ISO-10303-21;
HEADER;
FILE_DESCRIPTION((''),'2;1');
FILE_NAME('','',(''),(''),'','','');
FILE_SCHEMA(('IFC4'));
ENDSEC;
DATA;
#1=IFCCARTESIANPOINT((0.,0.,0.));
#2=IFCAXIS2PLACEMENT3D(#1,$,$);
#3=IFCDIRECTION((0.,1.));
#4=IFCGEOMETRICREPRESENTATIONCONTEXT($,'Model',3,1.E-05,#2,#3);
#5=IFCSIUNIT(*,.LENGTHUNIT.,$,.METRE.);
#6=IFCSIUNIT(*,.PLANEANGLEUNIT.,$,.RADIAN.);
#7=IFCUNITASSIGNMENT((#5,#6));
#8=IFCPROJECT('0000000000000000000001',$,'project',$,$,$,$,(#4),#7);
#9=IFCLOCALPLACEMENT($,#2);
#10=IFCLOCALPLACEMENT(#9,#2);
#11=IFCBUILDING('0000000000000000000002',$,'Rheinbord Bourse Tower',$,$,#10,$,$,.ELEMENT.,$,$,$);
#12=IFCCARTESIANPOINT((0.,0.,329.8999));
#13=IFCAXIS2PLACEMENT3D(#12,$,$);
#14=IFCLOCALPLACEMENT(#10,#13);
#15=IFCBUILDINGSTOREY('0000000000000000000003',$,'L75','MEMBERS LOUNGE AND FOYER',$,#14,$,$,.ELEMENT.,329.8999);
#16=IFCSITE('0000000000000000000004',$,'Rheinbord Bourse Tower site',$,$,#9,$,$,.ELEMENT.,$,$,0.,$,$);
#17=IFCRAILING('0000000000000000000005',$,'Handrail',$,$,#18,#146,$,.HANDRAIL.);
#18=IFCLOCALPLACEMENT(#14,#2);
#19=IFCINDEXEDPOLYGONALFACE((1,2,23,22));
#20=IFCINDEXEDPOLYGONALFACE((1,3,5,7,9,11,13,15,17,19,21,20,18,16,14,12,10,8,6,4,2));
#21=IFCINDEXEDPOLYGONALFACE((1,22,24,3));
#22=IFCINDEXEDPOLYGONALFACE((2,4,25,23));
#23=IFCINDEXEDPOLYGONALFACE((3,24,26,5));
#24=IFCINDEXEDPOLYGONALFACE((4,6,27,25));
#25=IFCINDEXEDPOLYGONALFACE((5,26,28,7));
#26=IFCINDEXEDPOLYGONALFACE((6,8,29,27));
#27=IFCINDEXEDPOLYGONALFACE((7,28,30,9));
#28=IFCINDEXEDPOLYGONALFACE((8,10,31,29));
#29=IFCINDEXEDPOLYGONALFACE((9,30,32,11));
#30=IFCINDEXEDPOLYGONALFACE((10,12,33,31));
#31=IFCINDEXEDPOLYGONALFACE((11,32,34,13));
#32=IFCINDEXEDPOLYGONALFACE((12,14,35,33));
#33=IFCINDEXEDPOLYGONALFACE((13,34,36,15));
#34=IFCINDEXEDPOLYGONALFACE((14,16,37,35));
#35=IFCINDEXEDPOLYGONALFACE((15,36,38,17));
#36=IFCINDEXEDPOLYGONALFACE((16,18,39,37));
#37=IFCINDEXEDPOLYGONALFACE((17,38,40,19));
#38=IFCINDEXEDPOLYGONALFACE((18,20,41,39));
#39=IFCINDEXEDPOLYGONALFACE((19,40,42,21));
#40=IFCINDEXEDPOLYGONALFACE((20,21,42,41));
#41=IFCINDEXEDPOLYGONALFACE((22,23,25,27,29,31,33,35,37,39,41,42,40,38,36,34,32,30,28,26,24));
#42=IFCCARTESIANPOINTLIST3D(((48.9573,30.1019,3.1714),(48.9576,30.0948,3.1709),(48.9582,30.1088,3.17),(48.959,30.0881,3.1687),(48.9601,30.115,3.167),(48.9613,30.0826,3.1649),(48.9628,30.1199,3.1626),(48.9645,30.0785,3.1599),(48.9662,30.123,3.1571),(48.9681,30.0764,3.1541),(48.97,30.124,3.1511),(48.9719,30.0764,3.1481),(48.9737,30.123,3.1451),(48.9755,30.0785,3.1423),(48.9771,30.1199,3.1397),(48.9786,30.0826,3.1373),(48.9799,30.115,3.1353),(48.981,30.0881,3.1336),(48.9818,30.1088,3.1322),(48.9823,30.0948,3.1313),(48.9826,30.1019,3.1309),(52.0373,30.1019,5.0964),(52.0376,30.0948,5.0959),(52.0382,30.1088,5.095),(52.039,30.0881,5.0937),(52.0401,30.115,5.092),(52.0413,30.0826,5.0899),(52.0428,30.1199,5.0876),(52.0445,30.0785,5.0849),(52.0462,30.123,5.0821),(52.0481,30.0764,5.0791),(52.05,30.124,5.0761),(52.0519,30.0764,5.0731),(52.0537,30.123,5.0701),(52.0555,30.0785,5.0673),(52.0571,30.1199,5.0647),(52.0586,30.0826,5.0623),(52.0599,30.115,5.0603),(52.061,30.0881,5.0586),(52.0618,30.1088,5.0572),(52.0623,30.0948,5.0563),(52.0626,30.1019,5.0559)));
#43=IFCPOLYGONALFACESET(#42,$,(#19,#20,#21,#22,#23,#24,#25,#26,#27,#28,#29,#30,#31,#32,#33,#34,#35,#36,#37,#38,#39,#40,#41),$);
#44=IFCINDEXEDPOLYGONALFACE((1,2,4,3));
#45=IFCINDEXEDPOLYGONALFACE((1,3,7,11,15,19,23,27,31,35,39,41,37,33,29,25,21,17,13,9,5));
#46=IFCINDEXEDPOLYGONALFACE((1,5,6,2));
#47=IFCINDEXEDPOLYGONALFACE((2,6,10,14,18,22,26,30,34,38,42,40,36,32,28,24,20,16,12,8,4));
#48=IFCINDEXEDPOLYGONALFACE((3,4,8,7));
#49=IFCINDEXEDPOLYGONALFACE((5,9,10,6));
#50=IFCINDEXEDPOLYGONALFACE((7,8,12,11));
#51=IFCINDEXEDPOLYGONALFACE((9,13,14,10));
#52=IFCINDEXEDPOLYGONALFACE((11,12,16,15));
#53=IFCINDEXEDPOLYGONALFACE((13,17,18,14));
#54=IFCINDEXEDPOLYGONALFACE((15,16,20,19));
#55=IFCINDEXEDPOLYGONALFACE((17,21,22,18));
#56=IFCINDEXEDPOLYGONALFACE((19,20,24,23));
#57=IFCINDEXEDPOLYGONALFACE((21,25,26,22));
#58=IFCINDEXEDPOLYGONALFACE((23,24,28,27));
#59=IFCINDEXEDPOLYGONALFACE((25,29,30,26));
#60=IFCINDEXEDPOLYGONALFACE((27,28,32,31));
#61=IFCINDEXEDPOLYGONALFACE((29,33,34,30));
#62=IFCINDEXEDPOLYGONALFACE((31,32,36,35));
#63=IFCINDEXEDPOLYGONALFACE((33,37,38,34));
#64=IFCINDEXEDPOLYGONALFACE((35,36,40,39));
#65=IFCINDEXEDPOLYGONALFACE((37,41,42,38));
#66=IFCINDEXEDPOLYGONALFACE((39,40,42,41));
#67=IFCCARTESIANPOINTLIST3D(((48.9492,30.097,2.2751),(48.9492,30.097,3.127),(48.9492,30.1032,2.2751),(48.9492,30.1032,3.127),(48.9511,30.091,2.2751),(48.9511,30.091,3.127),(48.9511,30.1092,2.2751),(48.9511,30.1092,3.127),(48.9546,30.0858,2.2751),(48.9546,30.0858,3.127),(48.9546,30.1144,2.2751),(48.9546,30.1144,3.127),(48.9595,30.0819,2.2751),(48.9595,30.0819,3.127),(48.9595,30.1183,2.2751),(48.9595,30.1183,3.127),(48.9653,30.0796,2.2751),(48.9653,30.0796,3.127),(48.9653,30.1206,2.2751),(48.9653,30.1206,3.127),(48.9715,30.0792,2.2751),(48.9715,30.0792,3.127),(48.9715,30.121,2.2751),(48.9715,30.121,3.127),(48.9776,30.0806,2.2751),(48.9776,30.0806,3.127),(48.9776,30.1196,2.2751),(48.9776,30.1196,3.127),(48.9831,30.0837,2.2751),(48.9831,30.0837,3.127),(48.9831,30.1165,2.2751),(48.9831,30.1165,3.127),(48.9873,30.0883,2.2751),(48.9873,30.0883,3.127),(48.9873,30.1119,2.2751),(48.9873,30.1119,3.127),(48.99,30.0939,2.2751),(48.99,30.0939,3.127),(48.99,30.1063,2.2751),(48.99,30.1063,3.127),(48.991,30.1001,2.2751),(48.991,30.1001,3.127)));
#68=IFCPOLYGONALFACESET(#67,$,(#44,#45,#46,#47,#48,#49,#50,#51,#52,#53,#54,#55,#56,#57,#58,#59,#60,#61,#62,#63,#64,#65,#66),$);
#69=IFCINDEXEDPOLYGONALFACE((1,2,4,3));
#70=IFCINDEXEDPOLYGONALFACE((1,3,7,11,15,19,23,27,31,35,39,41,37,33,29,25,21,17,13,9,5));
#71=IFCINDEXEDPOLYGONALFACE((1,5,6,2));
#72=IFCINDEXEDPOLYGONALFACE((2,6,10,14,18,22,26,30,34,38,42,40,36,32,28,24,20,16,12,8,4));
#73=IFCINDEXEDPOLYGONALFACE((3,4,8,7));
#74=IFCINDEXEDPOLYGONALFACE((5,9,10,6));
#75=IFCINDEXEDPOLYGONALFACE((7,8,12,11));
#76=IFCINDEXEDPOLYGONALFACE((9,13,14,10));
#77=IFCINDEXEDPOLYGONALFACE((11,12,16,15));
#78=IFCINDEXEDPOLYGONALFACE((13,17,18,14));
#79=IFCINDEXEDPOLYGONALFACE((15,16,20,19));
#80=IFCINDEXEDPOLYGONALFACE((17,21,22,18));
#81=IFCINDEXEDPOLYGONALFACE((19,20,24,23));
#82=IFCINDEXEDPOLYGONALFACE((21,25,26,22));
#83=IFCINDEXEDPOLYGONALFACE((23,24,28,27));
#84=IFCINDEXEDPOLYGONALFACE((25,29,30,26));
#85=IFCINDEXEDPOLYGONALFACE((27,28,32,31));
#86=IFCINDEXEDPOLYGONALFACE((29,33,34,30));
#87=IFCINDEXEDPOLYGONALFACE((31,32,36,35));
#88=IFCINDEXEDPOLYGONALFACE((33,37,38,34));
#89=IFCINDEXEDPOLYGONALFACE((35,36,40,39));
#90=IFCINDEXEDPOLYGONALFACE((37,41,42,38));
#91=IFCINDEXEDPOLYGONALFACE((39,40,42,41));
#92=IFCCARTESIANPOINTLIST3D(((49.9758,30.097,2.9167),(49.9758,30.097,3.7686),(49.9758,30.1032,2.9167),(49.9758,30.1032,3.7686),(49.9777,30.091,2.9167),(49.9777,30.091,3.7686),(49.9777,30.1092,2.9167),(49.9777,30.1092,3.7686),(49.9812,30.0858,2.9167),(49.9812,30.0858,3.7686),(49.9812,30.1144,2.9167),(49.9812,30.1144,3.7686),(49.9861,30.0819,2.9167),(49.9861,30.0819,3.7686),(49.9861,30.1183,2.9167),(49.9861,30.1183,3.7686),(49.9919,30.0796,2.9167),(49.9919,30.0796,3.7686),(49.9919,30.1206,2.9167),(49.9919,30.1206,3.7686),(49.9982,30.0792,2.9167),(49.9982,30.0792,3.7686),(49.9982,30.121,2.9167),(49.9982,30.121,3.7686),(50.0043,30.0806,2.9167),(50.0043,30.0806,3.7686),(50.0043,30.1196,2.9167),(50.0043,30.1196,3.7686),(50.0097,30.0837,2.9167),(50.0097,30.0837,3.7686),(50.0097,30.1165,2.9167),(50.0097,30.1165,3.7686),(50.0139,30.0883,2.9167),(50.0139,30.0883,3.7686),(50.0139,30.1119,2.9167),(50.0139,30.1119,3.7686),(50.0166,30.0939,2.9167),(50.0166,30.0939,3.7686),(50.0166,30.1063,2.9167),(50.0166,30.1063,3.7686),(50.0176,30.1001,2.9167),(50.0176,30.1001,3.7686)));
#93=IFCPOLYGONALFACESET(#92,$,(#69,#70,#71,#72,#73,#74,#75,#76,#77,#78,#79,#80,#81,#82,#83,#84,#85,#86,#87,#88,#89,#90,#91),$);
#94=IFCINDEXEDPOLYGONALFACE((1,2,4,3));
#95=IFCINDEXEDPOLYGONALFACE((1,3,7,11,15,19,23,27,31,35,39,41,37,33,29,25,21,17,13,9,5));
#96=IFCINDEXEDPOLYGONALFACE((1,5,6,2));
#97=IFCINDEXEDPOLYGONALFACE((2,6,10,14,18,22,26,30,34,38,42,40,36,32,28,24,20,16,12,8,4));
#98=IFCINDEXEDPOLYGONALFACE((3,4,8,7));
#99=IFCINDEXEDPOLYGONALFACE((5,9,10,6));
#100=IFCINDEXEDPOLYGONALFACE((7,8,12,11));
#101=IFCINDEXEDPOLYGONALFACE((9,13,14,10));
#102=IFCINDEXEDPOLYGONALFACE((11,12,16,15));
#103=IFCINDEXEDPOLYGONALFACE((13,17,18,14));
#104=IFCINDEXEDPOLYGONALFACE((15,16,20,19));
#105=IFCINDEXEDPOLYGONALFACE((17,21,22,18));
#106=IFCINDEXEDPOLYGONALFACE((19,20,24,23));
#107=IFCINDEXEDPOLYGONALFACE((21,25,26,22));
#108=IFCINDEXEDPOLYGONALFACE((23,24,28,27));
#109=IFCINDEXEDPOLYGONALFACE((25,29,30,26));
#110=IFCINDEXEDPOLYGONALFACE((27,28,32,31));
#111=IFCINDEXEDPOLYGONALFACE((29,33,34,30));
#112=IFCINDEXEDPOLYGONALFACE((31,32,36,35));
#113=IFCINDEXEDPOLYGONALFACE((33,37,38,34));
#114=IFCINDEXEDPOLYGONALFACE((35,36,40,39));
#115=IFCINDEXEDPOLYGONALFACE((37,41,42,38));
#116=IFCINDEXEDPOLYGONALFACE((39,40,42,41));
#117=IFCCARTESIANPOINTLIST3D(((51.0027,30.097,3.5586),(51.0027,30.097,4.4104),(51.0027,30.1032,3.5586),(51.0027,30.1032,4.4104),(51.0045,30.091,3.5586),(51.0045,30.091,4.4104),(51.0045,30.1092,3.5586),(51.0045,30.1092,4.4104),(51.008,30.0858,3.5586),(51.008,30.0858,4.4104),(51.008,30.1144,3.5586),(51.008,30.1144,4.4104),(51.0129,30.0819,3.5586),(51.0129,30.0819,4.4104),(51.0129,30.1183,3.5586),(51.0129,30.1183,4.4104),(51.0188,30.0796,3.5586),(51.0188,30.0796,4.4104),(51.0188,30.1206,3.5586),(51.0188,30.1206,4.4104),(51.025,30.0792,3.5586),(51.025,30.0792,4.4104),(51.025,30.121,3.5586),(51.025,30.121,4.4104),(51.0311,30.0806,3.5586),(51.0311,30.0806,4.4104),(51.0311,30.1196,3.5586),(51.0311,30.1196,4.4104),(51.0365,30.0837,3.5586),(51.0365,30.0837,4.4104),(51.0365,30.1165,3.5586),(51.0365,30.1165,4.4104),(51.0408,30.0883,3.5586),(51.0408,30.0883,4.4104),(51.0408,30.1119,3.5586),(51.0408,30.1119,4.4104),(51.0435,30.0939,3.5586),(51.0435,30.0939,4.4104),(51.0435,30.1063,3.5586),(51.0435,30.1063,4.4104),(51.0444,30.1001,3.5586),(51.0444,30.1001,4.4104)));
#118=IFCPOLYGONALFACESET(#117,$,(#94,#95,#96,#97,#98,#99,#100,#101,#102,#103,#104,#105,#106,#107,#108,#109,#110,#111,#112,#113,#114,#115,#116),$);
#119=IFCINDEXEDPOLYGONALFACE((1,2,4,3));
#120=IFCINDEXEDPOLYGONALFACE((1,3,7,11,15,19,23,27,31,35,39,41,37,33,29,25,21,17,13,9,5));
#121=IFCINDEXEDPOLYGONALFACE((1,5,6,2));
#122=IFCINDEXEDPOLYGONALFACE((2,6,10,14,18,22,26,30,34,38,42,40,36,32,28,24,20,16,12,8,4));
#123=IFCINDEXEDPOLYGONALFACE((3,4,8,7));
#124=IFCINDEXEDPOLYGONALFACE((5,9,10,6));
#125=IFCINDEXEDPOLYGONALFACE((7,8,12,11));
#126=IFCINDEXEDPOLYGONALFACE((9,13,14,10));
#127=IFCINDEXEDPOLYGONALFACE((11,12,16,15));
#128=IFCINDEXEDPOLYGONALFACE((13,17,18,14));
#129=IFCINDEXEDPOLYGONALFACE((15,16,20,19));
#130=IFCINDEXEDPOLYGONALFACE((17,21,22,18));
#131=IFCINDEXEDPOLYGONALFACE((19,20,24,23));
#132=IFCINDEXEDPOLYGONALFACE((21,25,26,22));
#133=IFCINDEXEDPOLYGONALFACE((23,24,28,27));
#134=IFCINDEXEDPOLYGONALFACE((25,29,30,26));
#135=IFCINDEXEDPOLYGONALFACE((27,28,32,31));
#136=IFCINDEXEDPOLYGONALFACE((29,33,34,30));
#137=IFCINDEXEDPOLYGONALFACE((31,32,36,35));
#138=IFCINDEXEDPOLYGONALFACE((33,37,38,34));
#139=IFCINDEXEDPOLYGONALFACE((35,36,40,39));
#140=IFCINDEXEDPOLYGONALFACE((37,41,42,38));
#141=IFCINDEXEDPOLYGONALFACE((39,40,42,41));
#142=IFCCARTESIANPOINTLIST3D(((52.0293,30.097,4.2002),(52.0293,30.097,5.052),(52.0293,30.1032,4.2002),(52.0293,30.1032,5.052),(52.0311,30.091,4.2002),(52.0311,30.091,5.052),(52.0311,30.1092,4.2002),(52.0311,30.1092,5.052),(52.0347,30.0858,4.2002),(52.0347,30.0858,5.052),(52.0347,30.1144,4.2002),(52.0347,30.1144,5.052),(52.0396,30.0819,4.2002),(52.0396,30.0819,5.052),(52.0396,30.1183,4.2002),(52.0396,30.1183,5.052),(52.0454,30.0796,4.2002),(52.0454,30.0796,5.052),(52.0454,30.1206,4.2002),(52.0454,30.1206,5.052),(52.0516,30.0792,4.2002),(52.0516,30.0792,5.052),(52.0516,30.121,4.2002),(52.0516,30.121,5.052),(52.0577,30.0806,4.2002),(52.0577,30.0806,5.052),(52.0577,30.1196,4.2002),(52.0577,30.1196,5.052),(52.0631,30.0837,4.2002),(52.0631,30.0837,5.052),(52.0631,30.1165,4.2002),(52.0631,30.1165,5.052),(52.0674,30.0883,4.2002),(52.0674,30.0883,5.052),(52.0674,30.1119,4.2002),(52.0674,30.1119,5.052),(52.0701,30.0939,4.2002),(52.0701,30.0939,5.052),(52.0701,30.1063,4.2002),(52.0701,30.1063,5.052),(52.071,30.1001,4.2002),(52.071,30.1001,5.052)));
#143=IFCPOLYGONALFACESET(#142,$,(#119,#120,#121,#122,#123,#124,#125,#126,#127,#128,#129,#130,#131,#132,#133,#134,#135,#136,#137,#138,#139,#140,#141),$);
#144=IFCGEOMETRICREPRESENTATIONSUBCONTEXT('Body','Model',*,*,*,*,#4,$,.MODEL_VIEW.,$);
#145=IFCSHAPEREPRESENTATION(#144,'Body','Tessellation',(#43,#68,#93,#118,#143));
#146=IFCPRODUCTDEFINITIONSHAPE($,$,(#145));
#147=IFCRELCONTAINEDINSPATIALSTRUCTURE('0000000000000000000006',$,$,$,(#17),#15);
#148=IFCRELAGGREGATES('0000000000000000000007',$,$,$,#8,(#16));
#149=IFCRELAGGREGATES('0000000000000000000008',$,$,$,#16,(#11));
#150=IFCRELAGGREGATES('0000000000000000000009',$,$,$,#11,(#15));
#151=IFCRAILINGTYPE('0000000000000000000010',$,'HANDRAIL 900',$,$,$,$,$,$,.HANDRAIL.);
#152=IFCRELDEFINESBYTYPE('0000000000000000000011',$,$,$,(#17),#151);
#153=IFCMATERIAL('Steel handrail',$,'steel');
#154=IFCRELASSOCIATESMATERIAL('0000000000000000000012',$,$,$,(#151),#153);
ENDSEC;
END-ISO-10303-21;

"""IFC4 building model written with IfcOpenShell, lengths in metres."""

from ifc_helpers import new_model, si_unit, direction, frame, origin, origin_2d, place, context, subcontext, project, spatial, circle, extrude, material, type_object, element, save


model = new_model("IFC4")

# Units and contexts
model_context = context("Model", 3, precision=1e-05, world=origin(), true_north=direction((0.0, 1.0)))
body_context = subcontext(model_context, "Body", "Model", "MODEL_VIEW")
ifc_project = project(units=[si_unit("LENGTHUNIT", "METRE"), si_unit("PLANEANGLEUNIT", "RADIAN")], contexts=[model_context])

# Site, building, storey
site_placement = place(None, origin())
site = spatial("IfcSite", under=ifc_project, at=site_placement, Name="Rheinbord Bourse Tower site", CompositionType="ELEMENT", RefElevation=0.0)
building_placement = place(site_placement, origin())
building = spatial("IfcBuilding", under=site, at=building_placement, Name="Rheinbord Bourse Tower", CompositionType="ELEMENT")
storey_placement = place(building_placement, frame((0.0, 0.0, 329.8999)))
storey = spatial("IfcBuildingStorey", under=building, at=storey_placement, Name="L75", Description="MEMBERS LOUNGE AND FOYER", CompositionType="ELEMENT", Elevation=329.8999)

# Railing
ifc_material_1 = material(Name="Steel handrail", Category="steel")
railing_type = type_object("IfcRailingType", Name="HANDRAIL 900", PredefinedType="HANDRAIL", material=ifc_material_1)
railing_1_placement = place(storey_placement, frame((48.97, 30.1001, 2.2751)))
element("IfcRailing", 1, at=railing_1_placement, inside=storey, type_object=railing_type, Name="Handrail", PredefinedType="HANDRAIL", context=body_context, shape_type="SweptSolid", body=[
    extrude(circle(Radius=0.0239, at=origin_2d()), frame((0.0, 0.0, 0.876), z_axis=(0.847998, 0.0, 0.529999), x_axis=(0.0, 1.0, 0.0)), (0.0, 0.0, 1.0), 3.6321),
    extrude(circle(Radius=0.021, at=origin_2d()), origin(), (0.0, 0.0, 1.0), 0.8518),
    extrude(circle(Radius=0.021, at=origin_2d()), frame((1.0266, 0.0, 0.6416)), (0.0, 0.0, 1.0), 0.8518),
    extrude(circle(Radius=0.021, at=origin_2d()), frame((2.0535, 0.0, 1.2834)), (0.0, 0.0, 1.0), 0.8518),
    extrude(circle(Radius=0.021, at=origin_2d()), frame((3.0801, 0.0, 1.925)), (0.0, 0.0, 1.0), 0.8518),
])

save(model, "model.ifc")
